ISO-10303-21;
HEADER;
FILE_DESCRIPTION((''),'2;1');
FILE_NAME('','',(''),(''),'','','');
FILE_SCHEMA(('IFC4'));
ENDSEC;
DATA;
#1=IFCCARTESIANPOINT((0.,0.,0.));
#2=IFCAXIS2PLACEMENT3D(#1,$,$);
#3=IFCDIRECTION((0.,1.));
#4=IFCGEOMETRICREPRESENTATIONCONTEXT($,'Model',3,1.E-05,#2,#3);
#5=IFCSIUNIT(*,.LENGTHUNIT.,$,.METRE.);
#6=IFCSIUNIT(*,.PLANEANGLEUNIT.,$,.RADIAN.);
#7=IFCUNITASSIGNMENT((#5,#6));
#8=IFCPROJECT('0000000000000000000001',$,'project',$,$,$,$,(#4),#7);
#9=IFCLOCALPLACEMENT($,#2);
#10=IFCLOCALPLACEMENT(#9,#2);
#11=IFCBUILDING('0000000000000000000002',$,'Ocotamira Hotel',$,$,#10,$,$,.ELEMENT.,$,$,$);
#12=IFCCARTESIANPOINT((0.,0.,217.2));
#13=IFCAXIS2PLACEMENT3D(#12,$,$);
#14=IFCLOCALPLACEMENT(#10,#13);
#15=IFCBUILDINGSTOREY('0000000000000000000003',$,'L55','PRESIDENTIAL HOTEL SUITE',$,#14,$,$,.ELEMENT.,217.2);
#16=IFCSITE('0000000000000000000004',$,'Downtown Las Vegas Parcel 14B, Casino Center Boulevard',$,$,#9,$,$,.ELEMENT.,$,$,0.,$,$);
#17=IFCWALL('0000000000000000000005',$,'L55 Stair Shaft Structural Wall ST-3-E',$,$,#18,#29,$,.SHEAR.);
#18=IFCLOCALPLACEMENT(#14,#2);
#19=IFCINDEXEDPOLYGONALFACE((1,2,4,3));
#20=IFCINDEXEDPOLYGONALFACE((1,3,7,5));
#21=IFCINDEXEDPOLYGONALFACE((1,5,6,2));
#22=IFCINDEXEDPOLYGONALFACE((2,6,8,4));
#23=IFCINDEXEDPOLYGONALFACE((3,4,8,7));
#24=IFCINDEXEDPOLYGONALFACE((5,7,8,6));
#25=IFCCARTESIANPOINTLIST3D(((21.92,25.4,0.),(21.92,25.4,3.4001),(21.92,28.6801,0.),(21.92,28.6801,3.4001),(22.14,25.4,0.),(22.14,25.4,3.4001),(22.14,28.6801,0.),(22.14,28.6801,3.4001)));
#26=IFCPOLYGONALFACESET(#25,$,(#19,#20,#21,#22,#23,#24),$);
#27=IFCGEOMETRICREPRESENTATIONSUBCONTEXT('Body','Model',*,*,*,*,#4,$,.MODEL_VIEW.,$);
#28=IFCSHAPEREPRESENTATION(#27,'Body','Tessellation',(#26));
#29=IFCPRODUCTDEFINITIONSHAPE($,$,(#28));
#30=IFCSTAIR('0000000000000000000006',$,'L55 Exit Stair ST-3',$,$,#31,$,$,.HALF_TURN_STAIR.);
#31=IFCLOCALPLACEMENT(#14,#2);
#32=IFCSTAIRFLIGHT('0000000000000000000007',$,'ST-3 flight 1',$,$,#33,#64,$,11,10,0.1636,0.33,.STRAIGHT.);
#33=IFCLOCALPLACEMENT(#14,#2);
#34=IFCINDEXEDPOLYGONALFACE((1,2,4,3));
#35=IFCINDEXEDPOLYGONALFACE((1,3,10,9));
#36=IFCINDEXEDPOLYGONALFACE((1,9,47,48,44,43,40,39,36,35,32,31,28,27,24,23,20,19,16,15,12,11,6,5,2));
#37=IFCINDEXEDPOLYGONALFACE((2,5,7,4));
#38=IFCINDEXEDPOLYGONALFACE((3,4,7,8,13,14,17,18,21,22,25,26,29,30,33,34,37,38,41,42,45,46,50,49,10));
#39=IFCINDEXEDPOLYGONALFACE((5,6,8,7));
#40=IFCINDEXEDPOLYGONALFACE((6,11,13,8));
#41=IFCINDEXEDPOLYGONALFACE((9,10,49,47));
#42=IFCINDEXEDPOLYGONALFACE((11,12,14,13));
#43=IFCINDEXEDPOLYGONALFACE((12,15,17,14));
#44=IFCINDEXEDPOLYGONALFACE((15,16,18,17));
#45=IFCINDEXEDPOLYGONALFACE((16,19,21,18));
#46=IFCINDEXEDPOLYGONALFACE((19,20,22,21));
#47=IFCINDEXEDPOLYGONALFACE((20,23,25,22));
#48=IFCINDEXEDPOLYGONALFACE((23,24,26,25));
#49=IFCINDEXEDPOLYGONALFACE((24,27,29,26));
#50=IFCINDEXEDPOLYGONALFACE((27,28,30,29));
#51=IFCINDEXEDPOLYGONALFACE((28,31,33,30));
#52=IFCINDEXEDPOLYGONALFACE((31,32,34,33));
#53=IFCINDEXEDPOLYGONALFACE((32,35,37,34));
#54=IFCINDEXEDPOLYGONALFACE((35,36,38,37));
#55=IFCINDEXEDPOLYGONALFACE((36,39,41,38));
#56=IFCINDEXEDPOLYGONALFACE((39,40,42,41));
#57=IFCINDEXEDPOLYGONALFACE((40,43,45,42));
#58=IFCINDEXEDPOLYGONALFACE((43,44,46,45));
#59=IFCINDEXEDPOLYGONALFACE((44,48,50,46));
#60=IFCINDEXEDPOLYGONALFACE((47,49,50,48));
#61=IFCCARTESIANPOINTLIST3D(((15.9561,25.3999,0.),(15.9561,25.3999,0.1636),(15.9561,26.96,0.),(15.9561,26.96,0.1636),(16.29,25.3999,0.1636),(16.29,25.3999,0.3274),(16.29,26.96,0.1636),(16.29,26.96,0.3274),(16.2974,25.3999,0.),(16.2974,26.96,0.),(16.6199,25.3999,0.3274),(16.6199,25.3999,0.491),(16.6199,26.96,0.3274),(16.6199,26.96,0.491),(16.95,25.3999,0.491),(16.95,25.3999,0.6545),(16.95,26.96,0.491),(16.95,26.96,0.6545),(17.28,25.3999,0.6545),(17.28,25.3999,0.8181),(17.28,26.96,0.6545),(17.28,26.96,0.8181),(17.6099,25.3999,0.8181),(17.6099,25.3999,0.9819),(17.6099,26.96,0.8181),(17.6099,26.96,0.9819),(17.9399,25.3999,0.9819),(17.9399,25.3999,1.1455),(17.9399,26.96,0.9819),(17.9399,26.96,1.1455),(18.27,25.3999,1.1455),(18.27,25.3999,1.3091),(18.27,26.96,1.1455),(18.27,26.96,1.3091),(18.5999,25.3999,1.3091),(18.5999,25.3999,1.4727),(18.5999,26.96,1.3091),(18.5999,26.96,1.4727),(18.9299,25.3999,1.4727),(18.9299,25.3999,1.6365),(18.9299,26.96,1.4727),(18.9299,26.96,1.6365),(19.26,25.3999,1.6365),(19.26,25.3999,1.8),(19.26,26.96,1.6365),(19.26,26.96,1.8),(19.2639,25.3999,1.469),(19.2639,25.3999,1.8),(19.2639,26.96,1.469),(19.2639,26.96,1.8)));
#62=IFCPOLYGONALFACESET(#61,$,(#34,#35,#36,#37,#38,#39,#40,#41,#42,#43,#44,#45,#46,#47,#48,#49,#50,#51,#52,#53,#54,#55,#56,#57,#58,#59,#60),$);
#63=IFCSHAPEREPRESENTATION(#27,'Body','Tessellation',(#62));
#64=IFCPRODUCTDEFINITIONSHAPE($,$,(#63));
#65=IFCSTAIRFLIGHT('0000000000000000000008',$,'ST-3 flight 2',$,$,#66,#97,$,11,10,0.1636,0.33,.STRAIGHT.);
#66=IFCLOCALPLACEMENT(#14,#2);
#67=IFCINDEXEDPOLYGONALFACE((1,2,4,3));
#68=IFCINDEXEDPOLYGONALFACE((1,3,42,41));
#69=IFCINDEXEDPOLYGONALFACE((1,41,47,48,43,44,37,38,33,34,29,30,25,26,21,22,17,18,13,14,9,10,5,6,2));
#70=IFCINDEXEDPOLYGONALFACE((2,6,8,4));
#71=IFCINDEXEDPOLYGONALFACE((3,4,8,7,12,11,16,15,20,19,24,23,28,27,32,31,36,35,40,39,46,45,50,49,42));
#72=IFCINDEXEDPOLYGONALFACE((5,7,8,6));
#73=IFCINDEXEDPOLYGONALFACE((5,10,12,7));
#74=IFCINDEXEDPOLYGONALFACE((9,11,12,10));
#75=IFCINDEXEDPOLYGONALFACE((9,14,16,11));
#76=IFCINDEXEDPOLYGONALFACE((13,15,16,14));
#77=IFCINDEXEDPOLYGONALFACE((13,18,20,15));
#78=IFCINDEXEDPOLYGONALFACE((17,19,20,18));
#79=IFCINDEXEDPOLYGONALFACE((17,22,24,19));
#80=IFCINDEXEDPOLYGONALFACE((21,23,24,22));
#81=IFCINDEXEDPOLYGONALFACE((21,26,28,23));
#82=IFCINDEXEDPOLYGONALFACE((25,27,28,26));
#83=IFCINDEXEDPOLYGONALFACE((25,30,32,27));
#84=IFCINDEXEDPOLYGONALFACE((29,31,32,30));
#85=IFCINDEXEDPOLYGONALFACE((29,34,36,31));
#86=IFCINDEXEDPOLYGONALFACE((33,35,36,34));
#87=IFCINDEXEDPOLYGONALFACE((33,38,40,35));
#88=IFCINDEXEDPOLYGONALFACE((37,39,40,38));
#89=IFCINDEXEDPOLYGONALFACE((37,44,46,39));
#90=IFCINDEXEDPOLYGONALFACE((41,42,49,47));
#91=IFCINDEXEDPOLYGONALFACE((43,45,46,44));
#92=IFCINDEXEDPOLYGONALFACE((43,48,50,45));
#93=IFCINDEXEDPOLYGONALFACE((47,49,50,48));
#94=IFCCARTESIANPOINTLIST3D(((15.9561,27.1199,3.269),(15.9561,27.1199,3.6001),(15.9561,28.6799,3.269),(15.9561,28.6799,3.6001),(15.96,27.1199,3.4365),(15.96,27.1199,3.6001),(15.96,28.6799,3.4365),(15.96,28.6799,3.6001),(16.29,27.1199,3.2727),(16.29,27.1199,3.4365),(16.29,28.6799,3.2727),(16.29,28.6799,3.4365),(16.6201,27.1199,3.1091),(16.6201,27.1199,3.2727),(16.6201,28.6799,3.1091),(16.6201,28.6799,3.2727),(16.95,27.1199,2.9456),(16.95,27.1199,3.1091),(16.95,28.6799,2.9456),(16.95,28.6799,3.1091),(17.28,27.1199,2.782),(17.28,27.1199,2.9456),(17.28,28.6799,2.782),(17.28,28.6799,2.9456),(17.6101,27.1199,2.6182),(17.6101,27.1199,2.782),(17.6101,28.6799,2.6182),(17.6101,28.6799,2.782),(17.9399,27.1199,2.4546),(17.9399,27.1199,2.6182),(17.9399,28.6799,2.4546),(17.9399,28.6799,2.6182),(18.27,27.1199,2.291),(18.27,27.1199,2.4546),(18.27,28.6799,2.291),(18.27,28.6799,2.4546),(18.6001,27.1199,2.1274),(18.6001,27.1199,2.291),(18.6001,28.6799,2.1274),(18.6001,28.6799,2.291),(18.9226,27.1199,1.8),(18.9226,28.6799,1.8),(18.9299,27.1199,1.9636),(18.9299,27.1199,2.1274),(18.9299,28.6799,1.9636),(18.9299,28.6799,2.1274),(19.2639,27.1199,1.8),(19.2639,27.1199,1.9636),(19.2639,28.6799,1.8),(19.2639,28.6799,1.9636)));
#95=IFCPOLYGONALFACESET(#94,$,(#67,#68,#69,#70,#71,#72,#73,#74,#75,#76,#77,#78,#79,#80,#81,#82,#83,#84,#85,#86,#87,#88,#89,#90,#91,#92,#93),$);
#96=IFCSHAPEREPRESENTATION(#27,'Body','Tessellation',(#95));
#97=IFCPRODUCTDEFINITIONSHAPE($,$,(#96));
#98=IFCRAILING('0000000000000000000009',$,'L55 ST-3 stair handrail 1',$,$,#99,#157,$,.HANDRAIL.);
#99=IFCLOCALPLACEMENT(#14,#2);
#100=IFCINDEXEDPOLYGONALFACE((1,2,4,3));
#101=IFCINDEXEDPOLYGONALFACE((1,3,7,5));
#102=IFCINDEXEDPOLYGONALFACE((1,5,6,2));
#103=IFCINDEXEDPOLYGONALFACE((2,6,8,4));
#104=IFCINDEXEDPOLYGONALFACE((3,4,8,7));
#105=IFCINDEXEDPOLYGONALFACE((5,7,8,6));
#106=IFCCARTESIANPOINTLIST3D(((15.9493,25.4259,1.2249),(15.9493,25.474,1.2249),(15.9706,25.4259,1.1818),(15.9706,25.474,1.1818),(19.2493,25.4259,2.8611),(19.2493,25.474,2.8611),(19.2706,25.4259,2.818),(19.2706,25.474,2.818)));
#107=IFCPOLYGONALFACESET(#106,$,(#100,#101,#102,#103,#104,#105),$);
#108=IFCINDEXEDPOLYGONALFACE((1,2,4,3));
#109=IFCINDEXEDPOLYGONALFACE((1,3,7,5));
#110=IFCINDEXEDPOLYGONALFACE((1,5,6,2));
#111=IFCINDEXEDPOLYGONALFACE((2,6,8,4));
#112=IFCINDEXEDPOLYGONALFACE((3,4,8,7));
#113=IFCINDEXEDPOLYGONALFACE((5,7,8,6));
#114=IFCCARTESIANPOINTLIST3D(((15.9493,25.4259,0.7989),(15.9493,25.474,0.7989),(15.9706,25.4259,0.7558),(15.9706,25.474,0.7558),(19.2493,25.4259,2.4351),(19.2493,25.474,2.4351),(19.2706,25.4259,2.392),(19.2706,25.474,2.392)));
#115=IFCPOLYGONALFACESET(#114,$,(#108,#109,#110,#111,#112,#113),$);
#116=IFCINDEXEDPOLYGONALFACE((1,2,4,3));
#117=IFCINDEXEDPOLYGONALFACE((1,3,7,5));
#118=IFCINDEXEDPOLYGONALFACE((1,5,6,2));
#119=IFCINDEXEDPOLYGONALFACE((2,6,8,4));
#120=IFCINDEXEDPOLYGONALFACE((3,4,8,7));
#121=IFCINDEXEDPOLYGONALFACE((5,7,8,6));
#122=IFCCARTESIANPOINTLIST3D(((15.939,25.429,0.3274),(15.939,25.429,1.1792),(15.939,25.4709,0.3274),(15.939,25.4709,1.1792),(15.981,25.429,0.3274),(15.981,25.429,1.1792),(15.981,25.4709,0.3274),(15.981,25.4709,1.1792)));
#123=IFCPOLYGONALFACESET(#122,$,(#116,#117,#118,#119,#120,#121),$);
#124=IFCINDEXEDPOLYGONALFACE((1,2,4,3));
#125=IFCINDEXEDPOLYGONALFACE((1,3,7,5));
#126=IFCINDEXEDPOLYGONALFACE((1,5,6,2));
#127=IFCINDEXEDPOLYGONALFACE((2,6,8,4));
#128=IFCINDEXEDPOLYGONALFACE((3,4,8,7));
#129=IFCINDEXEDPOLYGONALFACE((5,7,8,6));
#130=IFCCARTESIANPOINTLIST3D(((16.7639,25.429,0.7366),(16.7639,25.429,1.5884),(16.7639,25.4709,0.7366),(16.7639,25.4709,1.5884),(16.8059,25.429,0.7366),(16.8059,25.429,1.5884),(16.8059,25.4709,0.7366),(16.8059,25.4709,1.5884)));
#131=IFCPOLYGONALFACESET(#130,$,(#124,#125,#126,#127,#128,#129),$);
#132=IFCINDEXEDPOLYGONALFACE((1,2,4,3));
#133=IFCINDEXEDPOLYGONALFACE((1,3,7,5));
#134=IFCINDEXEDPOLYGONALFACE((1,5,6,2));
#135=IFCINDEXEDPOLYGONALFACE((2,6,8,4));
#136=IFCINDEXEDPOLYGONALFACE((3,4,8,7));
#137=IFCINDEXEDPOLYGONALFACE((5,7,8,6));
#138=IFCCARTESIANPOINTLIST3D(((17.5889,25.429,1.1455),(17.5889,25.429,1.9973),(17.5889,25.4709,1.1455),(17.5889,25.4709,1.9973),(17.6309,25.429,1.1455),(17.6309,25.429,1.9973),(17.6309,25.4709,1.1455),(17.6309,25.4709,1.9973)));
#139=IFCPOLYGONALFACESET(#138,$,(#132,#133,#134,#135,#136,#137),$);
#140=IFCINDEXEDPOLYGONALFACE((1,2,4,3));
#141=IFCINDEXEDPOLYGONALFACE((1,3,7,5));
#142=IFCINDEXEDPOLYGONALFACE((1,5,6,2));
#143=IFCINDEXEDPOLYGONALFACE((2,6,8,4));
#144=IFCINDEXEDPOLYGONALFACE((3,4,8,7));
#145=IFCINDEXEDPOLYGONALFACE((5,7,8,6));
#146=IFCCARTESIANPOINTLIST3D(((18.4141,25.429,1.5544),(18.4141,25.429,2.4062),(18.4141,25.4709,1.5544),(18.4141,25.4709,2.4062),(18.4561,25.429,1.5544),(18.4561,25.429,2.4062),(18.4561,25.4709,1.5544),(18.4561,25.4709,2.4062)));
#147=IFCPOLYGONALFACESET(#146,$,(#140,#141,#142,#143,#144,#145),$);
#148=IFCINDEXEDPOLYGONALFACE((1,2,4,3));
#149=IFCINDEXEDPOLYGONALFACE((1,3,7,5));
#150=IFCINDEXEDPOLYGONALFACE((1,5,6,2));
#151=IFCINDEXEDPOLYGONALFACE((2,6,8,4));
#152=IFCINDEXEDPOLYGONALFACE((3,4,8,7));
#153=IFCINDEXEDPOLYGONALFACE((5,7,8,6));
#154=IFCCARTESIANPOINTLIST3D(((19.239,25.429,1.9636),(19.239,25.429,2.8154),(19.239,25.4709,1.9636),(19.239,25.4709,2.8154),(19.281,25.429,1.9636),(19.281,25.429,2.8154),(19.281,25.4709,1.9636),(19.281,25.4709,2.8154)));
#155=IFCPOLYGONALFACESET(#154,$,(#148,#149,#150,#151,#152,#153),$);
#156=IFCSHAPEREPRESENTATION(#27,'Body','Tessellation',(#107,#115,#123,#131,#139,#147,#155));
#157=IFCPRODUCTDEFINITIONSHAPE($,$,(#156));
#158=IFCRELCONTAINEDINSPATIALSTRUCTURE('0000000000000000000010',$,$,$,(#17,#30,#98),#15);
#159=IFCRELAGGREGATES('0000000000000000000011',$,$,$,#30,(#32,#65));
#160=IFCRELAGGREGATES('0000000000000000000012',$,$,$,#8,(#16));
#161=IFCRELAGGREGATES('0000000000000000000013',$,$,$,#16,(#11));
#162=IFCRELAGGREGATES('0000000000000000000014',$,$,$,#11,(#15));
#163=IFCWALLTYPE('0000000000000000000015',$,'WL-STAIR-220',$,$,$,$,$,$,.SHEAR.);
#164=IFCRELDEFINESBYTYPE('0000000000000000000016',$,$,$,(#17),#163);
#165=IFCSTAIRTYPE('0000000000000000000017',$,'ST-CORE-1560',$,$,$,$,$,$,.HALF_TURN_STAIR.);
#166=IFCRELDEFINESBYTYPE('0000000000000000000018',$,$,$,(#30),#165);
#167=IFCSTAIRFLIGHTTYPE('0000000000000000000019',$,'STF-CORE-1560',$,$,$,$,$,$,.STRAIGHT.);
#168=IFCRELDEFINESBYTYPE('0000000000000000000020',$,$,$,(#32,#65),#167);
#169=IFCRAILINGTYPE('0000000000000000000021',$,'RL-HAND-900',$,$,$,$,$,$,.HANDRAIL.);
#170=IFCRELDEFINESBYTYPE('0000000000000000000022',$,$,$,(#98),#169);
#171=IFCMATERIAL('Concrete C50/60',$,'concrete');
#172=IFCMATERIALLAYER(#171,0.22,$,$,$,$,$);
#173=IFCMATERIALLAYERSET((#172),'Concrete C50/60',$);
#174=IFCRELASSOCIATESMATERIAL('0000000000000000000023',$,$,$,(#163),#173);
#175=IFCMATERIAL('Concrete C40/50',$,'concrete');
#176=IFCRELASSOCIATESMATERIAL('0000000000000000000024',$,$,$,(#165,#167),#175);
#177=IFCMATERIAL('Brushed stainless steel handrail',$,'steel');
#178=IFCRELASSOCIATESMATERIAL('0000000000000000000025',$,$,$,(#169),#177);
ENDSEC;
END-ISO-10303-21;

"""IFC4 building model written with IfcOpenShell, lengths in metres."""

from ifc_helpers import new_model, si_unit, direction, frame, frame_2d, origin, origin_2d, place, context, subcontext, project, spatial, polyline, rectangle, outline, extrude, source, transform, mapped, material, layer, layer_set, type_object, element, aggregate, save


model = new_model("IFC4")

# Units and contexts
model_context = context("Model", 3, precision=1e-05, world=origin(), true_north=direction((0.0, 1.0)))
body_context = subcontext(model_context, "Body", "Model", "MODEL_VIEW")
ifc_project = project(units=[si_unit("LENGTHUNIT", "METRE"), si_unit("PLANEANGLEUNIT", "RADIAN")], contexts=[model_context])

# Site, building, storey
site_placement = place(None, origin())
site = spatial("IfcSite", under=ifc_project, at=site_placement, Name="Downtown Las Vegas Parcel 14B, Casino Center Boulevard", CompositionType="ELEMENT", RefElevation=0.0)
building_placement = place(site_placement, origin())
building = spatial("IfcBuilding", under=site, at=building_placement, Name="Ocotamira Hotel", CompositionType="ELEMENT")
storey_placement = place(building_placement, frame((0.0, 0.0, 217.2)))
storey = spatial("IfcBuildingStorey", under=building, at=storey_placement, Name="L55", Description="PRESIDENTIAL HOTEL SUITE", CompositionType="ELEMENT", Elevation=217.2)

# Shared definitions
ifc_material_1 = material(Name="Concrete C50/60", Category="concrete")
ifc_layer_1 = layer(ifc_material_1, 0.22)
ifc_layer_set_1 = layer_set([ifc_layer_1], Name="Concrete C50/60")
wall_type_1 = type_object("IfcWallType", Name="WL-STAIR-220", PredefinedType="SHEAR", material=ifc_layer_set_1)

# Wall
for number, where, z_axis, x_axis, name in (
    (1, (22.03, 25.3999, 0.0), (0.0, 0.0, 1.0), (0.0, 1.0, 0.0), "L55 Stair Shaft Structural Wall ST-3-E"),
):
    element("IfcWall", number, at=place(storey_placement, frame(where, z_axis=z_axis, x_axis=x_axis)), inside=storey, type_object=wall_type_1, Name=name, PredefinedType="SHEAR", context=body_context, shape_type="SweptSolid", body=[
        extrude(rectangle(XDim=3.28, YDim=0.22, at=frame_2d((1.6401, 0.0))), origin(), (0.0, 0.0, 1.0), 3.4001),
    ])

# Stair, stair flights
ifc_material_2 = material(Name="Concrete C40/50", Category="concrete")
stair_type = type_object("IfcStairType", Name="ST-CORE-1560", PredefinedType="HALF_TURN_STAIR", material=ifc_material_2)
stair_placement = place(storey_placement, origin())
stair = element("IfcStair", 2, at=stair_placement, inside=storey, type_object=stair_type, Name="L55 Exit Stair ST-3", PredefinedType="HALF_TURN_STAIR")
stair_flight_type = type_object("IfcStairFlightType", Name="STF-CORE-1560", PredefinedType="STRAIGHT", material=ifc_material_2)
shared_shape_1 = source(origin(), body_context, "Body", "SweptSolid", [
    extrude(outline(polyline([(-0.0039, 0.0), (-0.0039, 0.1636), (0.3301, 0.1636), (0.3301, 0.3274), (0.6599, 0.3274), (0.6599, 0.491), (0.99, 0.491), (0.99, 0.6545), (1.3201, 0.6545), (1.3201, 0.8181), (1.6499, 0.8181), (1.6499, 0.9819), (1.98, 0.9819), (1.98, 1.1455), (2.3101, 1.1455), (2.3101, 1.3091), (2.6399, 1.3091), (2.6399, 1.4727), (2.97, 1.4727), (2.97, 1.6365), (3.3, 1.6365), (3.3, 1.8), (3.304, 1.8), (3.304, 1.469), (0.3374, 0.0), (-0.0039, 0.0)])), frame((0.0, 0.78, 0.0), z_axis=(0.0, -1.0, 0.0), x_axis=(1.0, 0.0, 0.0)), (0.0, 0.0, 1.0), 1.5601),
])
stair_flight_1_placement = place(storey_placement, frame((15.96, 26.1799, 0.0), z_axis=(0.0, 0.0, 1.0), x_axis=(1.0, 0.0, 0.0)))
stair_flight_1 = element("IfcStairFlight", 3, at=stair_flight_1_placement, type_object=stair_flight_type, Name="ST-3 flight 1", NumberOfRisers=11, NumberOfTreads=10, PredefinedType="STRAIGHT", RiserHeight=0.1636, TreadLength=0.33, context=body_context, shape_type="MappedRepresentation", body=[
    mapped(shared_shape_1, transform((0.0, 0.0, 0.0), scale=1.0)),
])
stair_flight_2_placement = place(storey_placement, frame((19.26, 27.8999, 1.8), z_axis=(0.0, 0.0, 1.0), x_axis=(-1.0, 0.0, 0.0)))
stair_flight_2 = element("IfcStairFlight", 4, at=stair_flight_2_placement, type_object=stair_flight_type, Name="ST-3 flight 2", NumberOfRisers=11, NumberOfTreads=10, PredefinedType="STRAIGHT", RiserHeight=0.1636, TreadLength=0.33, context=body_context, shape_type="MappedRepresentation", body=[
    mapped(shared_shape_1, transform((0.0, 0.0, 0.0), scale=1.0)),
])
aggregate(stair, [stair_flight_1, stair_flight_2])

# Railing
ifc_material_3 = material(Name="Brushed stainless steel handrail", Category="steel")
railing_type_1 = type_object("IfcRailingType", Name="RL-HAND-900", PredefinedType="HANDRAIL", material=ifc_material_3)
railing_1_placement = place(storey_placement, frame((15.96, 25.45, 0.3274)))
element("IfcRailing", 5, at=railing_1_placement, inside=storey, type_object=railing_type_1, Name="L55 ST-3 stair handrail 1", PredefinedType="HANDRAIL", context=body_context, shape_type="SweptSolid", body=[
    extrude(rectangle(XDim=0.0481, YDim=0.0481, at=origin_2d()), frame((0.0, 0.0, 0.876), z_axis=(0.89592, 0.0, 0.444215), x_axis=(0.0, 1.0, 0.0)), (0.0, 0.0, 1.0), 3.6833),
    extrude(rectangle(XDim=0.0481, YDim=0.0481, at=origin_2d()), frame((0.0, 0.0, 0.45), z_axis=(0.89592, 0.0, 0.444215), x_axis=(0.0, 1.0, 0.0)), (0.0, 0.0, 1.0), 3.6833),
    extrude(rectangle(XDim=0.042, YDim=0.042, at=origin_2d()), origin(), (0.0, 0.0, 1.0), 0.8518),
    extrude(rectangle(XDim=0.042, YDim=0.042, at=origin_2d()), frame((0.825, 0.0, 0.4092)), (0.0, 0.0, 1.0), 0.8518),
    extrude(rectangle(XDim=0.042, YDim=0.042, at=origin_2d()), frame((1.6499, 0.0, 0.8181)), (0.0, 0.0, 1.0), 0.8518),
    extrude(rectangle(XDim=0.042, YDim=0.042, at=origin_2d()), frame((2.4751, 0.0, 1.2271)), (0.0, 0.0, 1.0), 0.8518),
    extrude(rectangle(XDim=0.042, YDim=0.042, at=origin_2d()), frame((3.3, 0.0, 1.6362)), (0.0, 0.0, 1.0), 0.8518),
])

save(model, "model.ifc")
